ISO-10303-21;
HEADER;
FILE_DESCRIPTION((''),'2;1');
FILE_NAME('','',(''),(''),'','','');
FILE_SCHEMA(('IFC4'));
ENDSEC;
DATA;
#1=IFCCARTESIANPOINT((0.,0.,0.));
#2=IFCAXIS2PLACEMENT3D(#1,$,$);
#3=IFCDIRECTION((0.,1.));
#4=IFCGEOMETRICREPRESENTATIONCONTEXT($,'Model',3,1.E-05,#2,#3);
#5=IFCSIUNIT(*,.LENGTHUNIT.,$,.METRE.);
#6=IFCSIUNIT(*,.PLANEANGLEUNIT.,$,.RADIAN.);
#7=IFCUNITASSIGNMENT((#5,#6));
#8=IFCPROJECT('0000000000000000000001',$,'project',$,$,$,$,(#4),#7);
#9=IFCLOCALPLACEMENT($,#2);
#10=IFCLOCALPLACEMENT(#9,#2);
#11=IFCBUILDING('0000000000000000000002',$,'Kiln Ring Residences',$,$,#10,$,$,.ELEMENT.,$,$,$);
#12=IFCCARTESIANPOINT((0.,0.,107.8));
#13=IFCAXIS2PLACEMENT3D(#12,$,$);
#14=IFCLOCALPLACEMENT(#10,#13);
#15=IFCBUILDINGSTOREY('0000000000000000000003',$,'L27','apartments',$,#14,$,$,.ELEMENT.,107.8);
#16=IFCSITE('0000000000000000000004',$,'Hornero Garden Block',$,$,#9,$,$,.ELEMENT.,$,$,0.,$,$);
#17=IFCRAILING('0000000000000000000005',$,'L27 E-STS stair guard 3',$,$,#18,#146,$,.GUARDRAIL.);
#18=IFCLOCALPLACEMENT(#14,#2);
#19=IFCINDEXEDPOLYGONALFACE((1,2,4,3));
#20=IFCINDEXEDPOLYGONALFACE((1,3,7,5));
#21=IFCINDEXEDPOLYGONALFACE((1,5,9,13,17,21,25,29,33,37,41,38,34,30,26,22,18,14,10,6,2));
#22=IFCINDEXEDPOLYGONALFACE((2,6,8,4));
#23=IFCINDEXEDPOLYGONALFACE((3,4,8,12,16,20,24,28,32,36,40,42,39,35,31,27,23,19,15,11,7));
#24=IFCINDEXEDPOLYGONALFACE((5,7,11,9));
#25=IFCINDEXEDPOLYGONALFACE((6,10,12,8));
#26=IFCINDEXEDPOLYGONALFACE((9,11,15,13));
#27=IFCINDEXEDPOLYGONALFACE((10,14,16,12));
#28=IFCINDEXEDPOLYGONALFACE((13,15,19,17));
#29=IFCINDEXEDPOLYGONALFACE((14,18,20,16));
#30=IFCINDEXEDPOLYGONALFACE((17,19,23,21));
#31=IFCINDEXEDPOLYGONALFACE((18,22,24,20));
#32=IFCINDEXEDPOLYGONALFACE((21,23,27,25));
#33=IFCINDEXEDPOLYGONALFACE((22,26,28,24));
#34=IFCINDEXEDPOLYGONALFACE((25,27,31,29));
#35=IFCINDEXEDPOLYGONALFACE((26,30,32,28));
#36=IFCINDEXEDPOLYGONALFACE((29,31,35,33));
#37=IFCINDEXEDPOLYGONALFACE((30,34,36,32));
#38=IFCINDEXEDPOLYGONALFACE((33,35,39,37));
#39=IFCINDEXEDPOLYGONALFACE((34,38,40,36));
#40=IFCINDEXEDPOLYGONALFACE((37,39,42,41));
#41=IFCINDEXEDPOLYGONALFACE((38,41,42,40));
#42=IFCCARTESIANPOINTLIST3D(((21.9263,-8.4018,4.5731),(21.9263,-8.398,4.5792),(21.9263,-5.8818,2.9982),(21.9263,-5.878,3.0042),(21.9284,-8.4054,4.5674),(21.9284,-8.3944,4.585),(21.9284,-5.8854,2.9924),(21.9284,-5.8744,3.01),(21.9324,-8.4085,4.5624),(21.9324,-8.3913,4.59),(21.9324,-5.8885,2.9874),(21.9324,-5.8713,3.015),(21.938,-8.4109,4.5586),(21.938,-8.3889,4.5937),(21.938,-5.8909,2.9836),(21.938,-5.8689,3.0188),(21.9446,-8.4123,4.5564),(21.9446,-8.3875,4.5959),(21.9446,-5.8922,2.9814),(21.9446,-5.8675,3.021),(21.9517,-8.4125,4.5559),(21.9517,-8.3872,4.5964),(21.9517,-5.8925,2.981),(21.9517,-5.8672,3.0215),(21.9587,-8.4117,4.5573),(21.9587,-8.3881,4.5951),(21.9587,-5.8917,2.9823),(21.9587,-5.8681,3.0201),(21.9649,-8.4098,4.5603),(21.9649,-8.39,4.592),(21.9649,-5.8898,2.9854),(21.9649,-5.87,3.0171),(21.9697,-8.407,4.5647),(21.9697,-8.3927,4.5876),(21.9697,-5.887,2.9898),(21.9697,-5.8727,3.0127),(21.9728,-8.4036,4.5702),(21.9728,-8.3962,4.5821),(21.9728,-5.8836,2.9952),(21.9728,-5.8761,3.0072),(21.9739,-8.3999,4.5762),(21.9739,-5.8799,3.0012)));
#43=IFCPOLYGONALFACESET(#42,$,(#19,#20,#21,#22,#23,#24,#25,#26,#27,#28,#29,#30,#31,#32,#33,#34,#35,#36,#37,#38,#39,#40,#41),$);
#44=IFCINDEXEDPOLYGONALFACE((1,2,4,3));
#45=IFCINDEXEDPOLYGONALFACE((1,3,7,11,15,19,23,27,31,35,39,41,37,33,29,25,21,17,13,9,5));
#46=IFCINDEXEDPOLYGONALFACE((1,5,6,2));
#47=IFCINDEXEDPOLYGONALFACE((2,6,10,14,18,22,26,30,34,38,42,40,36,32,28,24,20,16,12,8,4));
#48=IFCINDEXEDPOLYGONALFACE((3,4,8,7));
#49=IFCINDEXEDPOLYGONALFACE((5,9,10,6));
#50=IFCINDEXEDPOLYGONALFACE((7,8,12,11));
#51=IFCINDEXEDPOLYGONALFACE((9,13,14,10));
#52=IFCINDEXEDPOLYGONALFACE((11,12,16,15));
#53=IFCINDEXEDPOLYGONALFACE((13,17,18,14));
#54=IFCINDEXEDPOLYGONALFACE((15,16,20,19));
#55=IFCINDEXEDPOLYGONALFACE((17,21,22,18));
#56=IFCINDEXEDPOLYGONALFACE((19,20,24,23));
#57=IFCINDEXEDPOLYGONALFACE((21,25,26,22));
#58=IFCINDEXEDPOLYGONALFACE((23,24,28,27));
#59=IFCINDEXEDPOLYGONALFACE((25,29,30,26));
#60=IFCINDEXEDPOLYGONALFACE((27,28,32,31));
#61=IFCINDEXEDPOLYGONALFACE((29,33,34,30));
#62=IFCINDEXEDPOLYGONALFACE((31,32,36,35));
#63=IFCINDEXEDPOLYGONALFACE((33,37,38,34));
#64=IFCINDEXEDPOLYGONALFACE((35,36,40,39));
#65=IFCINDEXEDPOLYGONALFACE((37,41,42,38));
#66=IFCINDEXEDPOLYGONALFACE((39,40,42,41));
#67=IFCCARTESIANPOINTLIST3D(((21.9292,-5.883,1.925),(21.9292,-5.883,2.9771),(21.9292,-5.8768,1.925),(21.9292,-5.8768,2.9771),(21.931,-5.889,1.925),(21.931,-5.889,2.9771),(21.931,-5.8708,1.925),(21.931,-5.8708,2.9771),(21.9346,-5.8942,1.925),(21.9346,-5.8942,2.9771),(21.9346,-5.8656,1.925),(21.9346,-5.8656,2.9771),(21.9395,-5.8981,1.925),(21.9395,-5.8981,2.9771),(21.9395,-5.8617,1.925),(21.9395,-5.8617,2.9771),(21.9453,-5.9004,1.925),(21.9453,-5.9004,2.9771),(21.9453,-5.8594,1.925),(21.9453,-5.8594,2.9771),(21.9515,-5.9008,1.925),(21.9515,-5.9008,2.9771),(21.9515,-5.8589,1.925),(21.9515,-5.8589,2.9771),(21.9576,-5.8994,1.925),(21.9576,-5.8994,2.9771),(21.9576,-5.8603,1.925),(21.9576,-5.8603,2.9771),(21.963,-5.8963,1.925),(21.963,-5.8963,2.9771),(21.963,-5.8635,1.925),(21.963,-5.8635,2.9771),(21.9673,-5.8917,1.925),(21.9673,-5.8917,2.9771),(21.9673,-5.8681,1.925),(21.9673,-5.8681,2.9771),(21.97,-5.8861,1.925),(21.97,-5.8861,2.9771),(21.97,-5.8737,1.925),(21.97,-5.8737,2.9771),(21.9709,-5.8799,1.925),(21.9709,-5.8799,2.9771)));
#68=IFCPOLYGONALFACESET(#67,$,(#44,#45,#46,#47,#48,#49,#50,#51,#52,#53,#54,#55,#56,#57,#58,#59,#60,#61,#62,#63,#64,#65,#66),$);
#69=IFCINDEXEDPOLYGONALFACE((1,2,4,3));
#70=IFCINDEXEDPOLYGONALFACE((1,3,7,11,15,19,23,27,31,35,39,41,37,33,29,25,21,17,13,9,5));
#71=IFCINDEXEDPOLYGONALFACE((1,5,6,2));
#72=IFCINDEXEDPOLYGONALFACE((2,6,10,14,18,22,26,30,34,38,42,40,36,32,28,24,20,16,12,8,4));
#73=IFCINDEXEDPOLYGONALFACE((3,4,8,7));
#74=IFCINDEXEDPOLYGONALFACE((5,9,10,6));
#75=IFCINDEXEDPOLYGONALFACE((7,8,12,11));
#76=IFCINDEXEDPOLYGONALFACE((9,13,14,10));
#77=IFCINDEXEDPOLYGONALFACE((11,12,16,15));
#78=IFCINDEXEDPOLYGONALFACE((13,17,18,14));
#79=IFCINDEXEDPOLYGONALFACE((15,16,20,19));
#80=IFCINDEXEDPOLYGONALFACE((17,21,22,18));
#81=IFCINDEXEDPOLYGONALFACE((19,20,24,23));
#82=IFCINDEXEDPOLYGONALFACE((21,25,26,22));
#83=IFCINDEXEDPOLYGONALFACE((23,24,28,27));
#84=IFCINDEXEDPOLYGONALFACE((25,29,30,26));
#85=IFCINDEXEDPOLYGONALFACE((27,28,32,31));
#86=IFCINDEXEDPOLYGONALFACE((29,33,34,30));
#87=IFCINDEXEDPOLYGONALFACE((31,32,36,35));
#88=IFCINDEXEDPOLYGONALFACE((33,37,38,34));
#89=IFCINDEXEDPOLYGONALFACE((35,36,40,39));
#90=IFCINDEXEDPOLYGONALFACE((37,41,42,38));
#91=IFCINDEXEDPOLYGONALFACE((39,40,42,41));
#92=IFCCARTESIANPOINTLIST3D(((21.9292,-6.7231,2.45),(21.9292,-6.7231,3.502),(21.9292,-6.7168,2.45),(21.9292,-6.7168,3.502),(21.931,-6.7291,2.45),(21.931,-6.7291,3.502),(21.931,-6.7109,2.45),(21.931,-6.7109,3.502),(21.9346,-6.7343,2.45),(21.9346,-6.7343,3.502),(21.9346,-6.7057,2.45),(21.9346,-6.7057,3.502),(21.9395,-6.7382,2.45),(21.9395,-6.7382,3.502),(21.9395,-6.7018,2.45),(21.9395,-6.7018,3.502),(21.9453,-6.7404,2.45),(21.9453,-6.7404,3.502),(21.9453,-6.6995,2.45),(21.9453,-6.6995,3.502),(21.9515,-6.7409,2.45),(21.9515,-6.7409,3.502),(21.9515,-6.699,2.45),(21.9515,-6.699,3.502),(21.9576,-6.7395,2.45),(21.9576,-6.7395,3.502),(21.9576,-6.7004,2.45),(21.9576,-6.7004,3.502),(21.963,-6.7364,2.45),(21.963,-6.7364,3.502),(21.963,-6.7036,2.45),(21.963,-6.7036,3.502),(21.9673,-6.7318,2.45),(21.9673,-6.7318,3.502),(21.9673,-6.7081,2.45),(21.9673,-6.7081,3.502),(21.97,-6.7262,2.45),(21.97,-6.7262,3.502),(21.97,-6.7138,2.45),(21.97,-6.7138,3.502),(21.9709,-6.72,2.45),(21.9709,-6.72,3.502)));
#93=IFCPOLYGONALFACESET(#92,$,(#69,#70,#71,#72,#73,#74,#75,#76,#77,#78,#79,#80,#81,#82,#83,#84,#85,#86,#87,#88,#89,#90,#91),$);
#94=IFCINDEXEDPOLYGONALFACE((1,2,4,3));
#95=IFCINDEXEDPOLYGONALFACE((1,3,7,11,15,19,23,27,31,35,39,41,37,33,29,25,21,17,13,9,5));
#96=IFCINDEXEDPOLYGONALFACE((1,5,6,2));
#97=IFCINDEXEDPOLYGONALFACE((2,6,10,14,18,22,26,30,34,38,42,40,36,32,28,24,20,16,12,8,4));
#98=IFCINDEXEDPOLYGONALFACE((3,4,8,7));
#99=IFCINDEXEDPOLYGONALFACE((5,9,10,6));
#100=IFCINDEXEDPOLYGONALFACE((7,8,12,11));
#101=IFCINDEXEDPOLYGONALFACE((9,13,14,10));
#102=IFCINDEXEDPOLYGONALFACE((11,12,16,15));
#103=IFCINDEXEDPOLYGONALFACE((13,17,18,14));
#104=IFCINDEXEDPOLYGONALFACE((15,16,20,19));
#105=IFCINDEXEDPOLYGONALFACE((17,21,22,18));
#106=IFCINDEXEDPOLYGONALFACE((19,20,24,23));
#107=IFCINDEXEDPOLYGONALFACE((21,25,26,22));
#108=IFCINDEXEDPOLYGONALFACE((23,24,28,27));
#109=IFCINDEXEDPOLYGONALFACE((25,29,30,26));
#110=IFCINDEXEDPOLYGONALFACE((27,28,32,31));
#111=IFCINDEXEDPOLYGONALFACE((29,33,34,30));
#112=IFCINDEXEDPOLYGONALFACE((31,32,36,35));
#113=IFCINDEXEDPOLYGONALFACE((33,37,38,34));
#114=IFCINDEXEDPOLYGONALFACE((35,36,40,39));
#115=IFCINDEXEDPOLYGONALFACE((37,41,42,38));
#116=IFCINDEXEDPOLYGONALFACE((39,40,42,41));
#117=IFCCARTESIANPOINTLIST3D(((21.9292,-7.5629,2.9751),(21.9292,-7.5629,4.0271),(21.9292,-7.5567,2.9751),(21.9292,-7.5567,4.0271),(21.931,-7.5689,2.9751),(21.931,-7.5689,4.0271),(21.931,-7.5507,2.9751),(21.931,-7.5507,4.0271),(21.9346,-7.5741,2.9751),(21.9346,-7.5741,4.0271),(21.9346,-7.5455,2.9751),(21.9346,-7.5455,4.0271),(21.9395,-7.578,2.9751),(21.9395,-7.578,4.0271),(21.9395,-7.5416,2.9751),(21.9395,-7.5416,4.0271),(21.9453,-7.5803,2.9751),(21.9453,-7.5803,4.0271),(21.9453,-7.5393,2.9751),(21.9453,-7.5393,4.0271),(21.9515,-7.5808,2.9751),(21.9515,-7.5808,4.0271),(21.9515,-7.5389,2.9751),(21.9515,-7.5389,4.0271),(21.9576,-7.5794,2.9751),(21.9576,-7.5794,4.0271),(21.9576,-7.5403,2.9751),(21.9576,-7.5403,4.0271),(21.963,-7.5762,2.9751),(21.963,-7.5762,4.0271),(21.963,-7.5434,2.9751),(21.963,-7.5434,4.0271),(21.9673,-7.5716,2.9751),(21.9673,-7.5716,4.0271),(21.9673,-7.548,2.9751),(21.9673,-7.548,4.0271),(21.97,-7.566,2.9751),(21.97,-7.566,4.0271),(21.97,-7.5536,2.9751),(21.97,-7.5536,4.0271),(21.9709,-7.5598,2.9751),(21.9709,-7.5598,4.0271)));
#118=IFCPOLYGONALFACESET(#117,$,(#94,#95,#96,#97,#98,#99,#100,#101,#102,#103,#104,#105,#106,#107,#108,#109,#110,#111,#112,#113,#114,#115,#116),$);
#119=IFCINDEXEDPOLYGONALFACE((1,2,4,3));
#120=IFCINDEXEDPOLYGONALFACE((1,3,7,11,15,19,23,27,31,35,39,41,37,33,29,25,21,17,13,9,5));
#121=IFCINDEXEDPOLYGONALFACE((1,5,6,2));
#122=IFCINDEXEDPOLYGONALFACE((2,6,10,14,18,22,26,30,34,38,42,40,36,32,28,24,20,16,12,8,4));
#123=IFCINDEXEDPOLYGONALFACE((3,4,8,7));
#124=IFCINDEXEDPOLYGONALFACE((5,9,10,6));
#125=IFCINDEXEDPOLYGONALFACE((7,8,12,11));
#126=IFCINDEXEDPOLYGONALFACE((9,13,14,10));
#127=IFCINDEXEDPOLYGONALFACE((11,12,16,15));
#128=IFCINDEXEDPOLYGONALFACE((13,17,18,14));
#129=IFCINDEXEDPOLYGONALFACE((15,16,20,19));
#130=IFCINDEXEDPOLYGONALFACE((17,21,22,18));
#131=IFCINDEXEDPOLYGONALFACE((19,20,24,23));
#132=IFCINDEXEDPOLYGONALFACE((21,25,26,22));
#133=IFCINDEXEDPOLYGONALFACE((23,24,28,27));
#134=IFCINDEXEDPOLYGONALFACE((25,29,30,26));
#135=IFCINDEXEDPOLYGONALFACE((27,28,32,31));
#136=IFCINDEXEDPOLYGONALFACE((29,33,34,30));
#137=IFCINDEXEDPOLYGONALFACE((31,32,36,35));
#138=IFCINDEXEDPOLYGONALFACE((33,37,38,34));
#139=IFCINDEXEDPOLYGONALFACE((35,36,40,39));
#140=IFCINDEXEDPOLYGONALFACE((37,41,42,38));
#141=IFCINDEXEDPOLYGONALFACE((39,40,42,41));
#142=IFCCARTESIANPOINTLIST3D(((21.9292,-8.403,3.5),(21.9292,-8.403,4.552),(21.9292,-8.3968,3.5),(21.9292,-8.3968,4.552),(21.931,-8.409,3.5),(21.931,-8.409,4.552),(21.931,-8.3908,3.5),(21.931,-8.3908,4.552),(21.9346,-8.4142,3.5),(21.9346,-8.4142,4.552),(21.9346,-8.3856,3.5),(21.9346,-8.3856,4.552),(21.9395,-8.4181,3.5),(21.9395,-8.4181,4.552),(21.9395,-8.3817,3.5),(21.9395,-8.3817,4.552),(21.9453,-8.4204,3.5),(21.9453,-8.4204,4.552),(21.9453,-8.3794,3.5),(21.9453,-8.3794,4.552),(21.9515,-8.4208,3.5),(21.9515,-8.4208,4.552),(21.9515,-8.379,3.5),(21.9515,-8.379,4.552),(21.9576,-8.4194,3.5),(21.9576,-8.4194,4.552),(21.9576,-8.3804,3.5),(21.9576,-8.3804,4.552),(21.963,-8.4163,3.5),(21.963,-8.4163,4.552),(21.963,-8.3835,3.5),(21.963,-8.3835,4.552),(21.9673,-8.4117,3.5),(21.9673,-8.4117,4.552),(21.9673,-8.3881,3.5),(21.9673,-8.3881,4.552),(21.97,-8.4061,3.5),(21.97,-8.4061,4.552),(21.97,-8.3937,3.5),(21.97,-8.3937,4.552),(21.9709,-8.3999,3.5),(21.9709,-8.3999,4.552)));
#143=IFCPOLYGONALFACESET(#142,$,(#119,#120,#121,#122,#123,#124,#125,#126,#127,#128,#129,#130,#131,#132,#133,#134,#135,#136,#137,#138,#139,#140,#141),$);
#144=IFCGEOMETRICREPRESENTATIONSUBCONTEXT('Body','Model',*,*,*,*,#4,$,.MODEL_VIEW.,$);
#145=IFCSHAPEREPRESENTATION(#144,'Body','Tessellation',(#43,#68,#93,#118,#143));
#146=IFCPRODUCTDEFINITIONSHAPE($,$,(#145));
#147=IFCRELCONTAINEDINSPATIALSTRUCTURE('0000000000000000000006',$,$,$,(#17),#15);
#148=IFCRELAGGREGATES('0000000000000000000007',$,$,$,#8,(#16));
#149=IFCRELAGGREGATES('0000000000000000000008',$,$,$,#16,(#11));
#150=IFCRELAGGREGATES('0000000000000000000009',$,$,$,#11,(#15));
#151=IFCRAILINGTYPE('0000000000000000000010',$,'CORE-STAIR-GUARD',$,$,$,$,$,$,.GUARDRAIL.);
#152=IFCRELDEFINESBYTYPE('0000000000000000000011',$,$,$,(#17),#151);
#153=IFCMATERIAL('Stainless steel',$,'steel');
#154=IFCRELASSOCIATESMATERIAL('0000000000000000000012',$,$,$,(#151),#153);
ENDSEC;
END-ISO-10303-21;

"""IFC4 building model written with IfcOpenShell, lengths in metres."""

from ifc_helpers import new_model, si_unit, direction, frame, origin, origin_2d, place, context, subcontext, project, spatial, circle, extrude, material, type_object, element, save


model = new_model("IFC4")

# Units and contexts
model_context = context("Model", 3, precision=1e-05, world=origin(), true_north=direction((0.0, 1.0)))
body_context = subcontext(model_context, "Body", "Model", "MODEL_VIEW")
ifc_project = project(units=[si_unit("LENGTHUNIT", "METRE"), si_unit("PLANEANGLEUNIT", "RADIAN")], contexts=[model_context])

# Site, building, storey
site_placement = place(None, origin())
site = spatial("IfcSite", under=ifc_project, at=site_placement, Name="Hornero Garden Block", CompositionType="ELEMENT", RefElevation=0.0)
building_placement = place(site_placement, origin())
building = spatial("IfcBuilding", under=site, at=building_placement, Name="Kiln Ring Residences", CompositionType="ELEMENT")
storey_placement = place(building_placement, frame((0.0, 0.0, 107.8)))
storey = spatial("IfcBuildingStorey", under=building, at=storey_placement, Name="L27", Description="apartments", CompositionType="ELEMENT", Elevation=107.8)

# Railing
ifc_material_1 = material(Name="Stainless steel", Category="steel")
railing_type_1 = type_object("IfcRailingType", Name="CORE-STAIR-GUARD", PredefinedType="GUARDRAIL", material=ifc_material_1)
railing_1_placement = place(storey_placement, frame((21.95, -5.8799, 1.925)))
element("IfcRailing", 1, at=railing_1_placement, inside=storey, type_object=railing_type_1, Name="L27 E-STS stair guard 3", PredefinedType="GUARDRAIL", context=body_context, shape_type="SweptSolid", body=[
    extrude(circle(Radius=0.0239, at=origin_2d()), frame((0.0, 0.0, 1.0762), z_axis=(0.0, -0.848008, 0.529984), x_axis=(1.0, 0.0, 0.0)), (0.0, 0.0, 1.0), 2.9717),
    extrude(circle(Radius=0.021, at=origin_2d()), origin(), (0.0, 0.0, 1.0), 1.052),
    extrude(circle(Radius=0.021, at=origin_2d()), frame((0.0, -0.8401, 0.5249)), (0.0, 0.0, 1.0), 1.052),
    extrude(circle(Radius=0.021, at=origin_2d()), frame((0.0, -1.6799, 1.05)), (0.0, 0.0, 1.0), 1.052),
    extrude(circle(Radius=0.021, at=origin_2d()), frame((0.0, -2.52, 1.575)), (0.0, 0.0, 1.0), 1.052),
])

save(model, "model.ifc")
